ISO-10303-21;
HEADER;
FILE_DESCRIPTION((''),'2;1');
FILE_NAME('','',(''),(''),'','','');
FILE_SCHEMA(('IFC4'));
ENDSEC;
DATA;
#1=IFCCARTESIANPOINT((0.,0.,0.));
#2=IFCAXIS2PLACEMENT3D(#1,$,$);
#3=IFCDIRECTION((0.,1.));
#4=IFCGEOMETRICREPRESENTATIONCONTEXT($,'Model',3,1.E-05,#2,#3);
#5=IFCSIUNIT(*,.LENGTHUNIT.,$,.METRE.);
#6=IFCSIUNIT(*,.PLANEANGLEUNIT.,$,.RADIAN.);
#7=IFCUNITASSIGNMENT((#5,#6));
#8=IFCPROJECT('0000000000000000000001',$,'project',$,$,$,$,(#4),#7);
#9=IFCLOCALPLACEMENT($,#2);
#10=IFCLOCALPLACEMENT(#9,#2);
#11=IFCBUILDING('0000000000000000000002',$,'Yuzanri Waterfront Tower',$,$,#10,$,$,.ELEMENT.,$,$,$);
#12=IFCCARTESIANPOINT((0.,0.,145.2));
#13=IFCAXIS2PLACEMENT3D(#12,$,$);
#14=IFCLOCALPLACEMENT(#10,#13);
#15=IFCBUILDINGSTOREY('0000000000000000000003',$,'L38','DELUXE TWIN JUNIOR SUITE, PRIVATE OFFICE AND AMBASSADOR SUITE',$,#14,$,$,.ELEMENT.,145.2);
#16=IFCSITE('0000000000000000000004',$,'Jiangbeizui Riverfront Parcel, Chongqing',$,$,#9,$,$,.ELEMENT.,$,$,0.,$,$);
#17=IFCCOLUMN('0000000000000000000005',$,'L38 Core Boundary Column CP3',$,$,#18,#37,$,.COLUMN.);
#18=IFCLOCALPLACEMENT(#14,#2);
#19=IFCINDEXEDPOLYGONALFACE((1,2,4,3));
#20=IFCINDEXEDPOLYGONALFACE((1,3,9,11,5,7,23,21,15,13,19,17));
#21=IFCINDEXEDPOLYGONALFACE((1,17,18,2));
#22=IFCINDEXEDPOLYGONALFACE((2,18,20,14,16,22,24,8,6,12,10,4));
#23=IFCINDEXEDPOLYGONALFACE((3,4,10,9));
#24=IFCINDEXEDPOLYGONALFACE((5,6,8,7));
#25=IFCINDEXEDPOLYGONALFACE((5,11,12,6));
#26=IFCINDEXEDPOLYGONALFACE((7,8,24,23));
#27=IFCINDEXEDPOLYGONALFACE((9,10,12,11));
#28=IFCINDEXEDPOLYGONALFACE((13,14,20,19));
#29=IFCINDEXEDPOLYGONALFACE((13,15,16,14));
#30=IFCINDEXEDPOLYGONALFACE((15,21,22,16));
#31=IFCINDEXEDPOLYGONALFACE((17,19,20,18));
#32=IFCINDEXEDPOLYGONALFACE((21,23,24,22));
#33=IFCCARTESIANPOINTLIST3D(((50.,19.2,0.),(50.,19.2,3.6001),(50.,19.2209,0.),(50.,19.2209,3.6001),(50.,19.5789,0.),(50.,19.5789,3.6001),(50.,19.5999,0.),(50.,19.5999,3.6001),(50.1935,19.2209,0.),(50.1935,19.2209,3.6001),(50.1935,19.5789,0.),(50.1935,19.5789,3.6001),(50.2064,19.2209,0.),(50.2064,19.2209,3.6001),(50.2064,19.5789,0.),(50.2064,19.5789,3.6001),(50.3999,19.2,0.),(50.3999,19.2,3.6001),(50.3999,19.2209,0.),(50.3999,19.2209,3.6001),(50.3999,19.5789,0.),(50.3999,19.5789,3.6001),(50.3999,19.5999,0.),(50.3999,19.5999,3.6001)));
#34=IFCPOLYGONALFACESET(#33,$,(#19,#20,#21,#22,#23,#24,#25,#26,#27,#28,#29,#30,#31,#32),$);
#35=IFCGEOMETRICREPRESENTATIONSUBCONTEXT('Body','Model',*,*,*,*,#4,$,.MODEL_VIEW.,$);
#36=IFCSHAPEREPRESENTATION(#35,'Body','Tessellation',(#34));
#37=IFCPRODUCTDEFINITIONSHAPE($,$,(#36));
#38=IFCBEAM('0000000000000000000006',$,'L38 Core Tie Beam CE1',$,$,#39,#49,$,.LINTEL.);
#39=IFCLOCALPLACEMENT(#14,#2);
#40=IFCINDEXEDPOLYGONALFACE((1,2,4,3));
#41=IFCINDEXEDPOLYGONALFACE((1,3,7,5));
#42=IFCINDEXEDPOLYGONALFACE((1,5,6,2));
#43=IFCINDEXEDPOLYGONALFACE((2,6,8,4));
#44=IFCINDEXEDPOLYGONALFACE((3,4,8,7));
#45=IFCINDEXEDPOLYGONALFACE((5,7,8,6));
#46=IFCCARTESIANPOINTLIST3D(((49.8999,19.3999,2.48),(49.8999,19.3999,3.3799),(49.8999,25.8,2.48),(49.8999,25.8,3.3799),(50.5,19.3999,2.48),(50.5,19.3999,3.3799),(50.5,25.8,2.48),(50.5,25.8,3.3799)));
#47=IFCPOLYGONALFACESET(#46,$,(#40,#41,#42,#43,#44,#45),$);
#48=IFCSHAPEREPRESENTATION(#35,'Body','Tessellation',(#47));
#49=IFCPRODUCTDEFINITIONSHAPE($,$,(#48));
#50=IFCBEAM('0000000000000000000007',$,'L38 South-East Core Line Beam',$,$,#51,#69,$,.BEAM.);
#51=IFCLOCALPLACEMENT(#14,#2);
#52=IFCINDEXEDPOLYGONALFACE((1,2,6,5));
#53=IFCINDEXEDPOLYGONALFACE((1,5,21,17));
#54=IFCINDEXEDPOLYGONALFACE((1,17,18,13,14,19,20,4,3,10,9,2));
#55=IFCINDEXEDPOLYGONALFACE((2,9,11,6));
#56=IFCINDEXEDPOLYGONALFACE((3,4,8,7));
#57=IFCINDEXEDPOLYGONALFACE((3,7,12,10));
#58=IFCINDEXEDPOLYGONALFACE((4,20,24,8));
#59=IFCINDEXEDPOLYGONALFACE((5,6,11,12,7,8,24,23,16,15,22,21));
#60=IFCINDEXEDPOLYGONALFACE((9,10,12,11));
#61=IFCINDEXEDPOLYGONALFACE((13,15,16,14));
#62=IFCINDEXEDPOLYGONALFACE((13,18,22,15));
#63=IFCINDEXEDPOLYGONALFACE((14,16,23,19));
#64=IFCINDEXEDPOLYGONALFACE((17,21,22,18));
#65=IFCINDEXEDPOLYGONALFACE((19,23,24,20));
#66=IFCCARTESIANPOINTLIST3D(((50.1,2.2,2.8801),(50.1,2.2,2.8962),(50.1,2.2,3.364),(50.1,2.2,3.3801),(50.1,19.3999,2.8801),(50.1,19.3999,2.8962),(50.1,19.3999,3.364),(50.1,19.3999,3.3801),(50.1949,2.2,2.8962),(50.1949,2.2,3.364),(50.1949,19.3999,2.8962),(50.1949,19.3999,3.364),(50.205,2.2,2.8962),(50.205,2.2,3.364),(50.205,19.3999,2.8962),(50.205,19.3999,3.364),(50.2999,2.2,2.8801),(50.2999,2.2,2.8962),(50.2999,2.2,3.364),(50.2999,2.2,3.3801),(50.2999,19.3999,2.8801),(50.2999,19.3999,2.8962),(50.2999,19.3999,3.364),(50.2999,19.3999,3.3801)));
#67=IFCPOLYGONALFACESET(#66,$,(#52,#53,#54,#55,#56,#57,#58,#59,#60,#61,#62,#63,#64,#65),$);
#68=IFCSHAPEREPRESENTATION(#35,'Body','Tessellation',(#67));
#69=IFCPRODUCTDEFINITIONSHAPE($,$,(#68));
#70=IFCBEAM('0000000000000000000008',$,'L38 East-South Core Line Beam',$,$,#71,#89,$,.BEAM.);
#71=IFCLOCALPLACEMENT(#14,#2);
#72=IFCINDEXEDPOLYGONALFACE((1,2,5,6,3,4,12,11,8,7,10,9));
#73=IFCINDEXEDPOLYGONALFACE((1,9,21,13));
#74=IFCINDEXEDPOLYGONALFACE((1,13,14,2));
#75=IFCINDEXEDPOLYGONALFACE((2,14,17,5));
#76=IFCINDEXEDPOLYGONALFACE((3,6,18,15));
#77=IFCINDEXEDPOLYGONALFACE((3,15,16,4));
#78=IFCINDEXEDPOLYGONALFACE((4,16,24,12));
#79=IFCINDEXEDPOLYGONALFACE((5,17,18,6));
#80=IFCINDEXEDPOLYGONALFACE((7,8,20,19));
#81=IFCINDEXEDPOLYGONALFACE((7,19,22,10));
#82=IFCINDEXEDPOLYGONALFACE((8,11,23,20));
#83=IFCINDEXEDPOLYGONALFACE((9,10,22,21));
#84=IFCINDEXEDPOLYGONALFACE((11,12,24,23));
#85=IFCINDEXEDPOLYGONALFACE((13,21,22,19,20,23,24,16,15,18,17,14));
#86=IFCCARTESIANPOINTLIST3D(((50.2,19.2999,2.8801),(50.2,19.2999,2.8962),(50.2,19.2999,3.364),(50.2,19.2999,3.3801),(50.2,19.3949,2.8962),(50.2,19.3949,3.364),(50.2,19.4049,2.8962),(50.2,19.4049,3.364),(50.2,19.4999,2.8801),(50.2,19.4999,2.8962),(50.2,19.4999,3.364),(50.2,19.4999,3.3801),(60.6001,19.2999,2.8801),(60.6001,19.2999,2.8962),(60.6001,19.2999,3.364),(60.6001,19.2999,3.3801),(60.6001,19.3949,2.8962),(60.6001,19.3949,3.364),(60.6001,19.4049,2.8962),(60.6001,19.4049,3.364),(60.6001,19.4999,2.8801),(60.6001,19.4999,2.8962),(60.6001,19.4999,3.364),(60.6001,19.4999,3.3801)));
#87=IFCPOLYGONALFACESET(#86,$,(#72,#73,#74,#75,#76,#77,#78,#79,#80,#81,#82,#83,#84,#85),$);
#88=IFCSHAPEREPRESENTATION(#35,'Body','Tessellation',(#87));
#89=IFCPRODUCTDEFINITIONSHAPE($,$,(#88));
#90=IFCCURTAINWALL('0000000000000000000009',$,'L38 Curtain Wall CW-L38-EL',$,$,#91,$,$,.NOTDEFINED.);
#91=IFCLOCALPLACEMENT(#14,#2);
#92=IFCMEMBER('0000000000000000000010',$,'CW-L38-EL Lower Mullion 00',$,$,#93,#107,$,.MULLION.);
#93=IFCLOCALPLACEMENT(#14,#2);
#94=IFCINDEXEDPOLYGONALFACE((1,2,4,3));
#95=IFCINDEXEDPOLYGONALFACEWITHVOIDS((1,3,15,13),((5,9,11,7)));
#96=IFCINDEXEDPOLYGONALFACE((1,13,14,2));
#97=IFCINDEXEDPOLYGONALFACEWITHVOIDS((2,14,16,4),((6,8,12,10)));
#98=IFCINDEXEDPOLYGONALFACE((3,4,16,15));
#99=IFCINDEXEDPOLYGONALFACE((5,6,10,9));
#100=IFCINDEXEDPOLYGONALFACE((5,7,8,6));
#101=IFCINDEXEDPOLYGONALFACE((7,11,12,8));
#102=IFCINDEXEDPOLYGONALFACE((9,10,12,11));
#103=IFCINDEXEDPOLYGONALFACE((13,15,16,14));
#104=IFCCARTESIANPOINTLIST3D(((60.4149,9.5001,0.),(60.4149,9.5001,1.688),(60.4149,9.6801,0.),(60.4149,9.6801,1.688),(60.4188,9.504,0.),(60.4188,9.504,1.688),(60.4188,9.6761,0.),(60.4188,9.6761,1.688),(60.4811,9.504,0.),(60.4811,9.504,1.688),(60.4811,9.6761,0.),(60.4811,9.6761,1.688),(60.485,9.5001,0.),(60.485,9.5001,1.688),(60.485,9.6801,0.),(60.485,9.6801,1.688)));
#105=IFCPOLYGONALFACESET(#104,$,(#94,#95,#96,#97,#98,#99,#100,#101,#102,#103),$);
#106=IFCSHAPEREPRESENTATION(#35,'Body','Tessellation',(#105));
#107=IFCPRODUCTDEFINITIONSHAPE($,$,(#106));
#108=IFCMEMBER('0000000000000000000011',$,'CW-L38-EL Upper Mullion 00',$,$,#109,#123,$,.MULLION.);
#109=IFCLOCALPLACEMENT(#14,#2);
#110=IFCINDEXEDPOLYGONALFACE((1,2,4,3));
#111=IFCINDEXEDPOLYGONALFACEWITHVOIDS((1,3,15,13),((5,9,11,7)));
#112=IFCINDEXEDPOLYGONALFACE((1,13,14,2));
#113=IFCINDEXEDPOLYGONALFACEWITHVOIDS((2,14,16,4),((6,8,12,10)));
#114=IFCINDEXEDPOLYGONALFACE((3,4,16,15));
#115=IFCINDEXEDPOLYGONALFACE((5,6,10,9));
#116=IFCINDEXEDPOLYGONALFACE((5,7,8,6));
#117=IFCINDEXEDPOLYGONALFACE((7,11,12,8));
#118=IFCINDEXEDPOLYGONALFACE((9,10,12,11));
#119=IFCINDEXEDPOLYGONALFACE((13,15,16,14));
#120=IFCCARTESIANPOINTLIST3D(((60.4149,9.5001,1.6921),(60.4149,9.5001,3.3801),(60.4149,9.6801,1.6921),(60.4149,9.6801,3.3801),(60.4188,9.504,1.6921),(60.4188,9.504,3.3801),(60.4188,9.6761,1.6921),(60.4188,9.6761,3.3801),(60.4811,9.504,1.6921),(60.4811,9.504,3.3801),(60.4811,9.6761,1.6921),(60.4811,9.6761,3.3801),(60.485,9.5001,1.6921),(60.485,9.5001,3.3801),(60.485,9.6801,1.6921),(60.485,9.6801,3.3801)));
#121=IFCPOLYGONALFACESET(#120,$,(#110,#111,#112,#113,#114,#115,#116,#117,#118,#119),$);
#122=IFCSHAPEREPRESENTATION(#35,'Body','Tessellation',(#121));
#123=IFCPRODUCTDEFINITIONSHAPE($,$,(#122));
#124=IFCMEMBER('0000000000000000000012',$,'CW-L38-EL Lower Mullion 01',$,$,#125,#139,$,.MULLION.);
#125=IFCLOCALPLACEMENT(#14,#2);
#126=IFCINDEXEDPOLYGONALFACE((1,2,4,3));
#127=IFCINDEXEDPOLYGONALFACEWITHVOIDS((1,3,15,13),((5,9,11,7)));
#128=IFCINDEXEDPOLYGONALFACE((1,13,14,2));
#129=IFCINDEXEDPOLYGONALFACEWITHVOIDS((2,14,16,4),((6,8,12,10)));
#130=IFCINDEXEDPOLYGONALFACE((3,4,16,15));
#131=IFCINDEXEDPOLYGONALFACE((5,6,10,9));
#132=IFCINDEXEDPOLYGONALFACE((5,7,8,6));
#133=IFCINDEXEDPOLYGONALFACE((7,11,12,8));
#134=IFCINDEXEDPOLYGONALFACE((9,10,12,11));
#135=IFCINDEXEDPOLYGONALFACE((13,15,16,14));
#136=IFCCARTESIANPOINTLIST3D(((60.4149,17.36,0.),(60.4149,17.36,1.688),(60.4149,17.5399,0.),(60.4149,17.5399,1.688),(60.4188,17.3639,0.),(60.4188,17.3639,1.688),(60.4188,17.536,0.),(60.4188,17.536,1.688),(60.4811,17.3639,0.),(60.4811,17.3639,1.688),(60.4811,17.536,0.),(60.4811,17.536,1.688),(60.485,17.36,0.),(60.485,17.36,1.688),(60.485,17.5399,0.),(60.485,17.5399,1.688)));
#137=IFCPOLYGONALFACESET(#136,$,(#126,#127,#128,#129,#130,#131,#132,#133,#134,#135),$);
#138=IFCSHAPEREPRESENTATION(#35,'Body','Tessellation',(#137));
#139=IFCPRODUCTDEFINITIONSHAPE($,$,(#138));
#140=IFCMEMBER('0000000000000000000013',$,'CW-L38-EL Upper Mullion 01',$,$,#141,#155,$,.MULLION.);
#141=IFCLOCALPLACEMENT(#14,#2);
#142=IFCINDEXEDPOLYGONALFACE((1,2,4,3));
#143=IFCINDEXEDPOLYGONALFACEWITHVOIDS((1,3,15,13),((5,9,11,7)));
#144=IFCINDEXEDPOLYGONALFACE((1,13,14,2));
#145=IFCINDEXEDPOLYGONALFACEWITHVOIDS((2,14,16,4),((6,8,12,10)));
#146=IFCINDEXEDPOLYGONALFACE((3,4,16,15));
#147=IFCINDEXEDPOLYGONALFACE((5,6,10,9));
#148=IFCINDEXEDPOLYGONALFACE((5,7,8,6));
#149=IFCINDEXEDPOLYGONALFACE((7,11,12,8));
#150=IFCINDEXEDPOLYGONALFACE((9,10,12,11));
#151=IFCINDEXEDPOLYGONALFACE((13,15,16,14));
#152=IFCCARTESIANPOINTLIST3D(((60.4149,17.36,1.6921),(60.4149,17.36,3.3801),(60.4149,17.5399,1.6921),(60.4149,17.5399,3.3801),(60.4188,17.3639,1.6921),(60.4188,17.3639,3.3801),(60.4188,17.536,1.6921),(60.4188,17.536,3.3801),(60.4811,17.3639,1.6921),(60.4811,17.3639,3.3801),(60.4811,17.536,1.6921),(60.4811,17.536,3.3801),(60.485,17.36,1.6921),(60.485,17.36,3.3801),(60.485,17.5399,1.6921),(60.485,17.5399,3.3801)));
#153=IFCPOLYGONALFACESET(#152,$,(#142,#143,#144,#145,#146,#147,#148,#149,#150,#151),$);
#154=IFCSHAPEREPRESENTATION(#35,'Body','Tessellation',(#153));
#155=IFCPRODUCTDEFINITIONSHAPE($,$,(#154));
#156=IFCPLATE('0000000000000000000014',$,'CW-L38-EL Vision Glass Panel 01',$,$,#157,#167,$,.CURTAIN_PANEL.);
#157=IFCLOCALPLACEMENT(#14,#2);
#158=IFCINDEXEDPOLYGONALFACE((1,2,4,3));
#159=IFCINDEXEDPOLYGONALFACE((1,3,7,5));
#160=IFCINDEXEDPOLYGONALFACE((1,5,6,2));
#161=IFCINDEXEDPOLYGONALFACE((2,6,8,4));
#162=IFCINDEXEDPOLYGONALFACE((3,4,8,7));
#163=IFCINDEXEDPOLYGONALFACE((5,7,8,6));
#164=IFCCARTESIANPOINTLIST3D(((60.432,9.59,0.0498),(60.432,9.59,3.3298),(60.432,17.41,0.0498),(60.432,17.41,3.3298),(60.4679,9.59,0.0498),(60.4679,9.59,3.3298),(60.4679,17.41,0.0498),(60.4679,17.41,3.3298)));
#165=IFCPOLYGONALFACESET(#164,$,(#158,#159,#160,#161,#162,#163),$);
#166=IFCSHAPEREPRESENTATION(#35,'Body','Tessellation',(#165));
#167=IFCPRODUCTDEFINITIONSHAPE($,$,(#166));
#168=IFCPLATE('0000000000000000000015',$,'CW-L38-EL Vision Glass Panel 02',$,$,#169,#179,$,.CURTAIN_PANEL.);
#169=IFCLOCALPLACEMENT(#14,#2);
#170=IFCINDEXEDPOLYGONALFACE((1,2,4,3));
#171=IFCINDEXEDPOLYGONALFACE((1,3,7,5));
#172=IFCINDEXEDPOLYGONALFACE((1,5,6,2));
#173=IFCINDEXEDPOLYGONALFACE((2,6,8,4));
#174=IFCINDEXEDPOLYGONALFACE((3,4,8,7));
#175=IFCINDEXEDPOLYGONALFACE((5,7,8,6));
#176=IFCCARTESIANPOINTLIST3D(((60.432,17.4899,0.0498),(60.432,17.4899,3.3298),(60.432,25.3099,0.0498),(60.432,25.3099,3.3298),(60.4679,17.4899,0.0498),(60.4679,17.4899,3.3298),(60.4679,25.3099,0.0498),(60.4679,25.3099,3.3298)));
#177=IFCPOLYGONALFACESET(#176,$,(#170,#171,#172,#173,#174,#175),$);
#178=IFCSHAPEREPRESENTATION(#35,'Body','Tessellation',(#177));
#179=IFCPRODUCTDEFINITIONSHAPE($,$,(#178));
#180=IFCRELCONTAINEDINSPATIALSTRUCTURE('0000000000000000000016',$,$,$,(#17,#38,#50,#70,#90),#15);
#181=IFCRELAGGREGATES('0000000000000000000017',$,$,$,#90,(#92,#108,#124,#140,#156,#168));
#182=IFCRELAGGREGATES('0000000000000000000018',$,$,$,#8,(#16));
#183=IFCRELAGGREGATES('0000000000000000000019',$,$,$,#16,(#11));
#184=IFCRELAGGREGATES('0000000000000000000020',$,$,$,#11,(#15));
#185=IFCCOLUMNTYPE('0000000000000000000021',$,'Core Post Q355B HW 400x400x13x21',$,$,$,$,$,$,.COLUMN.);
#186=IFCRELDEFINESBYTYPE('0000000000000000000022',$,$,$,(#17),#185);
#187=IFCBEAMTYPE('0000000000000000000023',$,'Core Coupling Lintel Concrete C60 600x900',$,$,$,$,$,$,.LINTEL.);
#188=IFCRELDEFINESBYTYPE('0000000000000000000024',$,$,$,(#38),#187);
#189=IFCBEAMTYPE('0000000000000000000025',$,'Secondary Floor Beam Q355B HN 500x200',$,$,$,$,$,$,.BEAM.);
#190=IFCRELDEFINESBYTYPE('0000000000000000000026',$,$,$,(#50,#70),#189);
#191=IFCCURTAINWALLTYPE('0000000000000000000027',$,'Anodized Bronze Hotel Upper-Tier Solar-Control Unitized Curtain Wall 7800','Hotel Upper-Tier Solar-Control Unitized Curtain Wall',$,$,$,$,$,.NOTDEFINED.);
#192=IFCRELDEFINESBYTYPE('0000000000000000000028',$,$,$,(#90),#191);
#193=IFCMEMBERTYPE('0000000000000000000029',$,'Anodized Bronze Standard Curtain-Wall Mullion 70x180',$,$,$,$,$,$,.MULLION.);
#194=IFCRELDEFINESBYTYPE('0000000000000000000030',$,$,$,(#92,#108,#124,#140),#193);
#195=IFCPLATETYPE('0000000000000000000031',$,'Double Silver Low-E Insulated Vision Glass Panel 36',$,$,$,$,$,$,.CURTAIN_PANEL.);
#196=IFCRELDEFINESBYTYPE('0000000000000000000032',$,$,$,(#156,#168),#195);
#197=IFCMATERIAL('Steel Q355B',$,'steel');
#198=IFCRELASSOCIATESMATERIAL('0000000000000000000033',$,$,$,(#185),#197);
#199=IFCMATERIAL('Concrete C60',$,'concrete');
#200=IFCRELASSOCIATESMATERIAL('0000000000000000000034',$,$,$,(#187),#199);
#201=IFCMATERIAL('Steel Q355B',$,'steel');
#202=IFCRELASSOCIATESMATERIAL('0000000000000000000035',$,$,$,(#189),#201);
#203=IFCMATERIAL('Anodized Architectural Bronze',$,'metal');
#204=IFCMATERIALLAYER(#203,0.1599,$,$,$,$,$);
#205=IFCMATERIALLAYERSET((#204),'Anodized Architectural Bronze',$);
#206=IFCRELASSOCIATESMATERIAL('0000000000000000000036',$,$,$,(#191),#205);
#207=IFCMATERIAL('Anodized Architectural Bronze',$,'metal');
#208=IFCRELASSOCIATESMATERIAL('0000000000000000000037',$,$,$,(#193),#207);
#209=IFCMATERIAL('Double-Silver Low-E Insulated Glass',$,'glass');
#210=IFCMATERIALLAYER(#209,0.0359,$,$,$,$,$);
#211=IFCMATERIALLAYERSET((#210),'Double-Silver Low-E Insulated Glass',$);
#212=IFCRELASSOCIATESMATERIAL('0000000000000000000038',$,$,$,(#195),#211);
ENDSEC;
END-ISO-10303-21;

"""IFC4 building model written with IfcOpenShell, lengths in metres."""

from ifc_helpers import new_model, si_unit, direction, frame, origin, origin_2d, place, context, subcontext, project, spatial, rectangle, hollow_rectangle, i_section, extrude, source, transform, mapped, material, layer, layer_set, material_profile, profile_set, type_object, element, aggregate, save


model = new_model("IFC4")

# Units and contexts
model_context = context("Model", 3, precision=1e-05, world=origin(), true_north=direction((0.0, 1.0)))
body_context = subcontext(model_context, "Body", "Model", "MODEL_VIEW")
ifc_project = project(units=[si_unit("LENGTHUNIT", "METRE"), si_unit("PLANEANGLEUNIT", "RADIAN")], contexts=[model_context])

# Site, building, storey
site_placement = place(None, origin())
site = spatial("IfcSite", under=ifc_project, at=site_placement, Name="Jiangbeizui Riverfront Parcel, Chongqing", CompositionType="ELEMENT", RefElevation=0.0)
building_placement = place(site_placement, origin())
building = spatial("IfcBuilding", under=site, at=building_placement, Name="Yuzanri Waterfront Tower", CompositionType="ELEMENT")
storey_placement = place(building_placement, frame((0.0, 0.0, 145.2)))
storey = spatial("IfcBuildingStorey", under=building, at=storey_placement, Name="L38", Description="DELUXE TWIN JUNIOR SUITE, PRIVATE OFFICE AND AMBASSADOR SUITE", CompositionType="ELEMENT", Elevation=145.2)

# Column
ifc_material_1 = material(Name="Steel Q355B", Category="steel")
ifc_material_profile_1 = material_profile(ifc_material_1, i_section(OverallWidth=0.3999, OverallDepth=0.3999, WebThickness=0.0129, FlangeThickness=0.021, at=origin_2d()), Name="HW 400x400x13x21")
ifc_profile_set_1 = profile_set([ifc_material_profile_1], Name="Steel Q355B")
column_type = type_object("IfcColumnType", Name="Core Post Q355B HW 400x400x13x21", PredefinedType="COLUMN", material=ifc_profile_set_1)
shared_shape_1 = source(origin(), body_context, "Body", "SweptSolid", [
    extrude(i_section(OverallWidth=0.3999, OverallDepth=0.3999, WebThickness=0.0129, FlangeThickness=0.021, at=origin_2d()), origin(), (0.0, 0.0, 1.0), 3.6001),
])
column_placement = place(storey_placement, frame((50.2, 19.3999, 0.0), z_axis=(0.0, 0.0, 1.0), x_axis=(1.0, 0.0, 0.0)))
element("IfcColumn", 1, at=column_placement, inside=storey, type_object=column_type, Name="L38 Core Boundary Column CP3", PredefinedType="COLUMN", context=body_context, shape_type="MappedRepresentation", body=[
    mapped(shared_shape_1, transform((0.0, 0.0, 0.0), scale=1.0)),
])

# Beams
ifc_material_2 = material(Name="Concrete C60", Category="concrete")
ifc_material_profile_2 = material_profile(ifc_material_2, rectangle(XDim=0.6001, YDim=0.8999, at=origin_2d()), Name="RC 600x900")
ifc_profile_set_2 = profile_set([ifc_material_profile_2], Name="Concrete C60")
beam_type_1 = type_object("IfcBeamType", Name="Core Coupling Lintel Concrete C60 600x900", PredefinedType="LINTEL", material=ifc_profile_set_2)
shared_shape_2 = source(origin(), body_context, "Body", "SweptSolid", [
    extrude(rectangle(XDim=0.6001, YDim=0.8999, at=origin_2d()), origin(), (0.0, 0.0, 1.0), 6.4001),
])
beam_1_placement = place(storey_placement, frame((50.2, 19.3999, 2.9299), z_axis=(0.0, 1.0, 0.0), x_axis=(-1.0, 0.0, 0.0)))
element("IfcBeam", 2, at=beam_1_placement, inside=storey, type_object=beam_type_1, Name="L38 Core Tie Beam CE1", PredefinedType="LINTEL", context=body_context, shape_type="MappedRepresentation", body=[
    mapped(shared_shape_2, transform((0.0, 0.0, 0.0), scale=1.0)),
])
ifc_material_3 = material(Name="Steel Q355B", Category="steel")
ifc_material_profile_3 = material_profile(ifc_material_3, i_section(OverallWidth=0.2, OverallDepth=0.5, WebThickness=0.01, FlangeThickness=0.0161, at=origin_2d()), Name="HN 500x200x10x16")
ifc_profile_set_3 = profile_set([ifc_material_profile_3], Name="Steel Q355B")
beam_type_2 = type_object("IfcBeamType", Name="Secondary Floor Beam Q355B HN 500x200", PredefinedType="BEAM", material=ifc_profile_set_3)
shared_shape_3 = source(origin(), body_context, "Body", "SweptSolid", [
    extrude(i_section(OverallWidth=0.2, OverallDepth=0.5, WebThickness=0.01, FlangeThickness=0.0161, at=origin_2d()), origin(), (0.0, 0.0, 1.0), 17.2),
])
beam_2_placement = place(storey_placement, frame((50.2, 19.3999, 3.1301), z_axis=(0.0, -1.0, 0.0), x_axis=(1.0, 0.0, 0.0)))
element("IfcBeam", 3, at=beam_2_placement, inside=storey, type_object=beam_type_2, Name="L38 South-East Core Line Beam", PredefinedType="BEAM", context=body_context, shape_type="MappedRepresentation", body=[
    mapped(shared_shape_3, transform((0.0, 0.0, 0.0), scale=1.0)),
])
shared_shape_4 = source(origin(), body_context, "Body", "SweptSolid", [
    extrude(i_section(OverallWidth=0.2, OverallDepth=0.5, WebThickness=0.01, FlangeThickness=0.0161, at=origin_2d()), origin(), (0.0, 0.0, 1.0), 10.4001),
])
beam_3_placement = place(storey_placement, frame((50.2, 19.3999, 3.1301), z_axis=(1.0, 0.0, 0.0), x_axis=(0.0, 1.0, 0.0)))
element("IfcBeam", 4, at=beam_3_placement, inside=storey, type_object=beam_type_2, Name="L38 East-South Core Line Beam", PredefinedType="BEAM", context=body_context, shape_type="MappedRepresentation", body=[
    mapped(shared_shape_4, transform((0.0, 0.0, 0.0), scale=1.0)),
])

# Curtain wall, members, plates
ifc_material_4 = material(Name="Anodized Architectural Bronze", Category="metal")
ifc_layer_1 = layer(ifc_material_4, 0.1599)
ifc_layer_set_1 = layer_set([ifc_layer_1], Name="Anodized Architectural Bronze")
curtain_wall_type = type_object("IfcCurtainWallType", Name="Anodized Bronze Hotel Upper-Tier Solar-Control Unitized Curtain Wall 7800", Description="Hotel Upper-Tier Solar-Control Unitized Curtain Wall", PredefinedType="NOTDEFINED", material=ifc_layer_set_1)
curtain_wall_placement = place(storey_placement, origin())
curtain_wall = element("IfcCurtainWall", 5, at=curtain_wall_placement, inside=storey, type_object=curtain_wall_type, Name="L38 Curtain Wall CW-L38-EL", PredefinedType="NOTDEFINED")
ifc_material_5 = material(Name="Anodized Architectural Bronze", Category="metal")
ifc_material_profile_4 = material_profile(ifc_material_5, hollow_rectangle(XDim=0.0701, YDim=0.1799, WallThickness=0.0039, at=origin_2d()), Name="CWM 70x180")
ifc_profile_set_4 = profile_set([ifc_material_profile_4], Name="Anodized Architectural Bronze")
member_type = type_object("IfcMemberType", Name="Anodized Bronze Standard Curtain-Wall Mullion 70x180", PredefinedType="MULLION", material=ifc_profile_set_4)
shared_shape_5 = source(origin(), body_context, "Body", "SweptSolid", [
    extrude(hollow_rectangle(XDim=0.0701, YDim=0.1799, WallThickness=0.0039, at=origin_2d()), origin(), (0.0, 0.0, 1.0), 1.688),
])
member_1_placement = place(storey_placement, frame((60.45, 9.5901, 0.0), z_axis=(0.0, 0.0, 1.0), x_axis=(1.0, 0.0, 0.0)))
member_1 = element("IfcMember", 6, at=member_1_placement, type_object=member_type, Name="CW-L38-EL Lower Mullion 00", PredefinedType="MULLION", context=body_context, shape_type="MappedRepresentation", body=[
    mapped(shared_shape_5, transform((0.0, 0.0, 0.0), scale=1.0)),
])
member_2_placement = place(storey_placement, frame((60.45, 9.5901, 1.6921), z_axis=(0.0, 0.0, 1.0), x_axis=(1.0, 0.0, 0.0)))
member_2 = element("IfcMember", 7, at=member_2_placement, type_object=member_type, Name="CW-L38-EL Upper Mullion 00", PredefinedType="MULLION", context=body_context, shape_type="MappedRepresentation", body=[
    mapped(shared_shape_5, transform((0.0, 0.0, 0.0), scale=1.0)),
])
member_3_placement = place(storey_placement, frame((60.45, 17.45, 0.0), z_axis=(0.0, 0.0, 1.0), x_axis=(1.0, 0.0, 0.0)))
member_3 = element("IfcMember", 8, at=member_3_placement, type_object=member_type, Name="CW-L38-EL Lower Mullion 01", PredefinedType="MULLION", context=body_context, shape_type="MappedRepresentation", body=[
    mapped(shared_shape_5, transform((0.0, 0.0, 0.0), scale=1.0)),
])
member_4_placement = place(storey_placement, frame((60.45, 17.45, 1.6921), z_axis=(0.0, 0.0, 1.0), x_axis=(1.0, 0.0, 0.0)))
member_4 = element("IfcMember", 9, at=member_4_placement, type_object=member_type, Name="CW-L38-EL Upper Mullion 01", PredefinedType="MULLION", context=body_context, shape_type="MappedRepresentation", body=[
    mapped(shared_shape_5, transform((0.0, 0.0, 0.0), scale=1.0)),
])
ifc_material_6 = material(Name="Double-Silver Low-E Insulated Glass", Category="glass")
ifc_layer_2 = layer(ifc_material_6, 0.0359)
ifc_layer_set_2 = layer_set([ifc_layer_2], Name="Double-Silver Low-E Insulated Glass")
plate_type = type_object("IfcPlateType", Name="Double Silver Low-E Insulated Vision Glass Panel 36", PredefinedType="CURTAIN_PANEL", material=ifc_layer_set_2)
shared_shape_6 = source(origin(), body_context, "Body", "SweptSolid", [
    extrude(rectangle(XDim=7.8201, YDim=0.0359, at=origin_2d()), origin(), (0.0, 0.0, 1.0), 3.28),
])
plate_1_placement = place(storey_placement, frame((60.45, 13.5, 0.0498), z_axis=(0.0, 0.0, 1.0), x_axis=(0.0, 1.0, 0.0)))
plate_1 = element("IfcPlate", 10, at=plate_1_placement, type_object=plate_type, Name="CW-L38-EL Vision Glass Panel 01", PredefinedType="CURTAIN_PANEL", context=body_context, shape_type="MappedRepresentation", body=[
    mapped(shared_shape_6, transform((0.0, 0.0, 0.0), scale=1.0)),
])
plate_2_placement = place(storey_placement, frame((60.45, 21.3999, 0.0498), z_axis=(0.0, 0.0, 1.0), x_axis=(0.0, 1.0, 0.0)))
plate_2 = element("IfcPlate", 11, at=plate_2_placement, type_object=plate_type, Name="CW-L38-EL Vision Glass Panel 02", PredefinedType="CURTAIN_PANEL", context=body_context, shape_type="MappedRepresentation", body=[
    mapped(shared_shape_6, transform((0.0, 0.0, 0.0), scale=1.0)),
])
aggregate(curtain_wall, [member_1, member_2, member_3, member_4, plate_1, plate_2])

save(model, "model.ifc")
